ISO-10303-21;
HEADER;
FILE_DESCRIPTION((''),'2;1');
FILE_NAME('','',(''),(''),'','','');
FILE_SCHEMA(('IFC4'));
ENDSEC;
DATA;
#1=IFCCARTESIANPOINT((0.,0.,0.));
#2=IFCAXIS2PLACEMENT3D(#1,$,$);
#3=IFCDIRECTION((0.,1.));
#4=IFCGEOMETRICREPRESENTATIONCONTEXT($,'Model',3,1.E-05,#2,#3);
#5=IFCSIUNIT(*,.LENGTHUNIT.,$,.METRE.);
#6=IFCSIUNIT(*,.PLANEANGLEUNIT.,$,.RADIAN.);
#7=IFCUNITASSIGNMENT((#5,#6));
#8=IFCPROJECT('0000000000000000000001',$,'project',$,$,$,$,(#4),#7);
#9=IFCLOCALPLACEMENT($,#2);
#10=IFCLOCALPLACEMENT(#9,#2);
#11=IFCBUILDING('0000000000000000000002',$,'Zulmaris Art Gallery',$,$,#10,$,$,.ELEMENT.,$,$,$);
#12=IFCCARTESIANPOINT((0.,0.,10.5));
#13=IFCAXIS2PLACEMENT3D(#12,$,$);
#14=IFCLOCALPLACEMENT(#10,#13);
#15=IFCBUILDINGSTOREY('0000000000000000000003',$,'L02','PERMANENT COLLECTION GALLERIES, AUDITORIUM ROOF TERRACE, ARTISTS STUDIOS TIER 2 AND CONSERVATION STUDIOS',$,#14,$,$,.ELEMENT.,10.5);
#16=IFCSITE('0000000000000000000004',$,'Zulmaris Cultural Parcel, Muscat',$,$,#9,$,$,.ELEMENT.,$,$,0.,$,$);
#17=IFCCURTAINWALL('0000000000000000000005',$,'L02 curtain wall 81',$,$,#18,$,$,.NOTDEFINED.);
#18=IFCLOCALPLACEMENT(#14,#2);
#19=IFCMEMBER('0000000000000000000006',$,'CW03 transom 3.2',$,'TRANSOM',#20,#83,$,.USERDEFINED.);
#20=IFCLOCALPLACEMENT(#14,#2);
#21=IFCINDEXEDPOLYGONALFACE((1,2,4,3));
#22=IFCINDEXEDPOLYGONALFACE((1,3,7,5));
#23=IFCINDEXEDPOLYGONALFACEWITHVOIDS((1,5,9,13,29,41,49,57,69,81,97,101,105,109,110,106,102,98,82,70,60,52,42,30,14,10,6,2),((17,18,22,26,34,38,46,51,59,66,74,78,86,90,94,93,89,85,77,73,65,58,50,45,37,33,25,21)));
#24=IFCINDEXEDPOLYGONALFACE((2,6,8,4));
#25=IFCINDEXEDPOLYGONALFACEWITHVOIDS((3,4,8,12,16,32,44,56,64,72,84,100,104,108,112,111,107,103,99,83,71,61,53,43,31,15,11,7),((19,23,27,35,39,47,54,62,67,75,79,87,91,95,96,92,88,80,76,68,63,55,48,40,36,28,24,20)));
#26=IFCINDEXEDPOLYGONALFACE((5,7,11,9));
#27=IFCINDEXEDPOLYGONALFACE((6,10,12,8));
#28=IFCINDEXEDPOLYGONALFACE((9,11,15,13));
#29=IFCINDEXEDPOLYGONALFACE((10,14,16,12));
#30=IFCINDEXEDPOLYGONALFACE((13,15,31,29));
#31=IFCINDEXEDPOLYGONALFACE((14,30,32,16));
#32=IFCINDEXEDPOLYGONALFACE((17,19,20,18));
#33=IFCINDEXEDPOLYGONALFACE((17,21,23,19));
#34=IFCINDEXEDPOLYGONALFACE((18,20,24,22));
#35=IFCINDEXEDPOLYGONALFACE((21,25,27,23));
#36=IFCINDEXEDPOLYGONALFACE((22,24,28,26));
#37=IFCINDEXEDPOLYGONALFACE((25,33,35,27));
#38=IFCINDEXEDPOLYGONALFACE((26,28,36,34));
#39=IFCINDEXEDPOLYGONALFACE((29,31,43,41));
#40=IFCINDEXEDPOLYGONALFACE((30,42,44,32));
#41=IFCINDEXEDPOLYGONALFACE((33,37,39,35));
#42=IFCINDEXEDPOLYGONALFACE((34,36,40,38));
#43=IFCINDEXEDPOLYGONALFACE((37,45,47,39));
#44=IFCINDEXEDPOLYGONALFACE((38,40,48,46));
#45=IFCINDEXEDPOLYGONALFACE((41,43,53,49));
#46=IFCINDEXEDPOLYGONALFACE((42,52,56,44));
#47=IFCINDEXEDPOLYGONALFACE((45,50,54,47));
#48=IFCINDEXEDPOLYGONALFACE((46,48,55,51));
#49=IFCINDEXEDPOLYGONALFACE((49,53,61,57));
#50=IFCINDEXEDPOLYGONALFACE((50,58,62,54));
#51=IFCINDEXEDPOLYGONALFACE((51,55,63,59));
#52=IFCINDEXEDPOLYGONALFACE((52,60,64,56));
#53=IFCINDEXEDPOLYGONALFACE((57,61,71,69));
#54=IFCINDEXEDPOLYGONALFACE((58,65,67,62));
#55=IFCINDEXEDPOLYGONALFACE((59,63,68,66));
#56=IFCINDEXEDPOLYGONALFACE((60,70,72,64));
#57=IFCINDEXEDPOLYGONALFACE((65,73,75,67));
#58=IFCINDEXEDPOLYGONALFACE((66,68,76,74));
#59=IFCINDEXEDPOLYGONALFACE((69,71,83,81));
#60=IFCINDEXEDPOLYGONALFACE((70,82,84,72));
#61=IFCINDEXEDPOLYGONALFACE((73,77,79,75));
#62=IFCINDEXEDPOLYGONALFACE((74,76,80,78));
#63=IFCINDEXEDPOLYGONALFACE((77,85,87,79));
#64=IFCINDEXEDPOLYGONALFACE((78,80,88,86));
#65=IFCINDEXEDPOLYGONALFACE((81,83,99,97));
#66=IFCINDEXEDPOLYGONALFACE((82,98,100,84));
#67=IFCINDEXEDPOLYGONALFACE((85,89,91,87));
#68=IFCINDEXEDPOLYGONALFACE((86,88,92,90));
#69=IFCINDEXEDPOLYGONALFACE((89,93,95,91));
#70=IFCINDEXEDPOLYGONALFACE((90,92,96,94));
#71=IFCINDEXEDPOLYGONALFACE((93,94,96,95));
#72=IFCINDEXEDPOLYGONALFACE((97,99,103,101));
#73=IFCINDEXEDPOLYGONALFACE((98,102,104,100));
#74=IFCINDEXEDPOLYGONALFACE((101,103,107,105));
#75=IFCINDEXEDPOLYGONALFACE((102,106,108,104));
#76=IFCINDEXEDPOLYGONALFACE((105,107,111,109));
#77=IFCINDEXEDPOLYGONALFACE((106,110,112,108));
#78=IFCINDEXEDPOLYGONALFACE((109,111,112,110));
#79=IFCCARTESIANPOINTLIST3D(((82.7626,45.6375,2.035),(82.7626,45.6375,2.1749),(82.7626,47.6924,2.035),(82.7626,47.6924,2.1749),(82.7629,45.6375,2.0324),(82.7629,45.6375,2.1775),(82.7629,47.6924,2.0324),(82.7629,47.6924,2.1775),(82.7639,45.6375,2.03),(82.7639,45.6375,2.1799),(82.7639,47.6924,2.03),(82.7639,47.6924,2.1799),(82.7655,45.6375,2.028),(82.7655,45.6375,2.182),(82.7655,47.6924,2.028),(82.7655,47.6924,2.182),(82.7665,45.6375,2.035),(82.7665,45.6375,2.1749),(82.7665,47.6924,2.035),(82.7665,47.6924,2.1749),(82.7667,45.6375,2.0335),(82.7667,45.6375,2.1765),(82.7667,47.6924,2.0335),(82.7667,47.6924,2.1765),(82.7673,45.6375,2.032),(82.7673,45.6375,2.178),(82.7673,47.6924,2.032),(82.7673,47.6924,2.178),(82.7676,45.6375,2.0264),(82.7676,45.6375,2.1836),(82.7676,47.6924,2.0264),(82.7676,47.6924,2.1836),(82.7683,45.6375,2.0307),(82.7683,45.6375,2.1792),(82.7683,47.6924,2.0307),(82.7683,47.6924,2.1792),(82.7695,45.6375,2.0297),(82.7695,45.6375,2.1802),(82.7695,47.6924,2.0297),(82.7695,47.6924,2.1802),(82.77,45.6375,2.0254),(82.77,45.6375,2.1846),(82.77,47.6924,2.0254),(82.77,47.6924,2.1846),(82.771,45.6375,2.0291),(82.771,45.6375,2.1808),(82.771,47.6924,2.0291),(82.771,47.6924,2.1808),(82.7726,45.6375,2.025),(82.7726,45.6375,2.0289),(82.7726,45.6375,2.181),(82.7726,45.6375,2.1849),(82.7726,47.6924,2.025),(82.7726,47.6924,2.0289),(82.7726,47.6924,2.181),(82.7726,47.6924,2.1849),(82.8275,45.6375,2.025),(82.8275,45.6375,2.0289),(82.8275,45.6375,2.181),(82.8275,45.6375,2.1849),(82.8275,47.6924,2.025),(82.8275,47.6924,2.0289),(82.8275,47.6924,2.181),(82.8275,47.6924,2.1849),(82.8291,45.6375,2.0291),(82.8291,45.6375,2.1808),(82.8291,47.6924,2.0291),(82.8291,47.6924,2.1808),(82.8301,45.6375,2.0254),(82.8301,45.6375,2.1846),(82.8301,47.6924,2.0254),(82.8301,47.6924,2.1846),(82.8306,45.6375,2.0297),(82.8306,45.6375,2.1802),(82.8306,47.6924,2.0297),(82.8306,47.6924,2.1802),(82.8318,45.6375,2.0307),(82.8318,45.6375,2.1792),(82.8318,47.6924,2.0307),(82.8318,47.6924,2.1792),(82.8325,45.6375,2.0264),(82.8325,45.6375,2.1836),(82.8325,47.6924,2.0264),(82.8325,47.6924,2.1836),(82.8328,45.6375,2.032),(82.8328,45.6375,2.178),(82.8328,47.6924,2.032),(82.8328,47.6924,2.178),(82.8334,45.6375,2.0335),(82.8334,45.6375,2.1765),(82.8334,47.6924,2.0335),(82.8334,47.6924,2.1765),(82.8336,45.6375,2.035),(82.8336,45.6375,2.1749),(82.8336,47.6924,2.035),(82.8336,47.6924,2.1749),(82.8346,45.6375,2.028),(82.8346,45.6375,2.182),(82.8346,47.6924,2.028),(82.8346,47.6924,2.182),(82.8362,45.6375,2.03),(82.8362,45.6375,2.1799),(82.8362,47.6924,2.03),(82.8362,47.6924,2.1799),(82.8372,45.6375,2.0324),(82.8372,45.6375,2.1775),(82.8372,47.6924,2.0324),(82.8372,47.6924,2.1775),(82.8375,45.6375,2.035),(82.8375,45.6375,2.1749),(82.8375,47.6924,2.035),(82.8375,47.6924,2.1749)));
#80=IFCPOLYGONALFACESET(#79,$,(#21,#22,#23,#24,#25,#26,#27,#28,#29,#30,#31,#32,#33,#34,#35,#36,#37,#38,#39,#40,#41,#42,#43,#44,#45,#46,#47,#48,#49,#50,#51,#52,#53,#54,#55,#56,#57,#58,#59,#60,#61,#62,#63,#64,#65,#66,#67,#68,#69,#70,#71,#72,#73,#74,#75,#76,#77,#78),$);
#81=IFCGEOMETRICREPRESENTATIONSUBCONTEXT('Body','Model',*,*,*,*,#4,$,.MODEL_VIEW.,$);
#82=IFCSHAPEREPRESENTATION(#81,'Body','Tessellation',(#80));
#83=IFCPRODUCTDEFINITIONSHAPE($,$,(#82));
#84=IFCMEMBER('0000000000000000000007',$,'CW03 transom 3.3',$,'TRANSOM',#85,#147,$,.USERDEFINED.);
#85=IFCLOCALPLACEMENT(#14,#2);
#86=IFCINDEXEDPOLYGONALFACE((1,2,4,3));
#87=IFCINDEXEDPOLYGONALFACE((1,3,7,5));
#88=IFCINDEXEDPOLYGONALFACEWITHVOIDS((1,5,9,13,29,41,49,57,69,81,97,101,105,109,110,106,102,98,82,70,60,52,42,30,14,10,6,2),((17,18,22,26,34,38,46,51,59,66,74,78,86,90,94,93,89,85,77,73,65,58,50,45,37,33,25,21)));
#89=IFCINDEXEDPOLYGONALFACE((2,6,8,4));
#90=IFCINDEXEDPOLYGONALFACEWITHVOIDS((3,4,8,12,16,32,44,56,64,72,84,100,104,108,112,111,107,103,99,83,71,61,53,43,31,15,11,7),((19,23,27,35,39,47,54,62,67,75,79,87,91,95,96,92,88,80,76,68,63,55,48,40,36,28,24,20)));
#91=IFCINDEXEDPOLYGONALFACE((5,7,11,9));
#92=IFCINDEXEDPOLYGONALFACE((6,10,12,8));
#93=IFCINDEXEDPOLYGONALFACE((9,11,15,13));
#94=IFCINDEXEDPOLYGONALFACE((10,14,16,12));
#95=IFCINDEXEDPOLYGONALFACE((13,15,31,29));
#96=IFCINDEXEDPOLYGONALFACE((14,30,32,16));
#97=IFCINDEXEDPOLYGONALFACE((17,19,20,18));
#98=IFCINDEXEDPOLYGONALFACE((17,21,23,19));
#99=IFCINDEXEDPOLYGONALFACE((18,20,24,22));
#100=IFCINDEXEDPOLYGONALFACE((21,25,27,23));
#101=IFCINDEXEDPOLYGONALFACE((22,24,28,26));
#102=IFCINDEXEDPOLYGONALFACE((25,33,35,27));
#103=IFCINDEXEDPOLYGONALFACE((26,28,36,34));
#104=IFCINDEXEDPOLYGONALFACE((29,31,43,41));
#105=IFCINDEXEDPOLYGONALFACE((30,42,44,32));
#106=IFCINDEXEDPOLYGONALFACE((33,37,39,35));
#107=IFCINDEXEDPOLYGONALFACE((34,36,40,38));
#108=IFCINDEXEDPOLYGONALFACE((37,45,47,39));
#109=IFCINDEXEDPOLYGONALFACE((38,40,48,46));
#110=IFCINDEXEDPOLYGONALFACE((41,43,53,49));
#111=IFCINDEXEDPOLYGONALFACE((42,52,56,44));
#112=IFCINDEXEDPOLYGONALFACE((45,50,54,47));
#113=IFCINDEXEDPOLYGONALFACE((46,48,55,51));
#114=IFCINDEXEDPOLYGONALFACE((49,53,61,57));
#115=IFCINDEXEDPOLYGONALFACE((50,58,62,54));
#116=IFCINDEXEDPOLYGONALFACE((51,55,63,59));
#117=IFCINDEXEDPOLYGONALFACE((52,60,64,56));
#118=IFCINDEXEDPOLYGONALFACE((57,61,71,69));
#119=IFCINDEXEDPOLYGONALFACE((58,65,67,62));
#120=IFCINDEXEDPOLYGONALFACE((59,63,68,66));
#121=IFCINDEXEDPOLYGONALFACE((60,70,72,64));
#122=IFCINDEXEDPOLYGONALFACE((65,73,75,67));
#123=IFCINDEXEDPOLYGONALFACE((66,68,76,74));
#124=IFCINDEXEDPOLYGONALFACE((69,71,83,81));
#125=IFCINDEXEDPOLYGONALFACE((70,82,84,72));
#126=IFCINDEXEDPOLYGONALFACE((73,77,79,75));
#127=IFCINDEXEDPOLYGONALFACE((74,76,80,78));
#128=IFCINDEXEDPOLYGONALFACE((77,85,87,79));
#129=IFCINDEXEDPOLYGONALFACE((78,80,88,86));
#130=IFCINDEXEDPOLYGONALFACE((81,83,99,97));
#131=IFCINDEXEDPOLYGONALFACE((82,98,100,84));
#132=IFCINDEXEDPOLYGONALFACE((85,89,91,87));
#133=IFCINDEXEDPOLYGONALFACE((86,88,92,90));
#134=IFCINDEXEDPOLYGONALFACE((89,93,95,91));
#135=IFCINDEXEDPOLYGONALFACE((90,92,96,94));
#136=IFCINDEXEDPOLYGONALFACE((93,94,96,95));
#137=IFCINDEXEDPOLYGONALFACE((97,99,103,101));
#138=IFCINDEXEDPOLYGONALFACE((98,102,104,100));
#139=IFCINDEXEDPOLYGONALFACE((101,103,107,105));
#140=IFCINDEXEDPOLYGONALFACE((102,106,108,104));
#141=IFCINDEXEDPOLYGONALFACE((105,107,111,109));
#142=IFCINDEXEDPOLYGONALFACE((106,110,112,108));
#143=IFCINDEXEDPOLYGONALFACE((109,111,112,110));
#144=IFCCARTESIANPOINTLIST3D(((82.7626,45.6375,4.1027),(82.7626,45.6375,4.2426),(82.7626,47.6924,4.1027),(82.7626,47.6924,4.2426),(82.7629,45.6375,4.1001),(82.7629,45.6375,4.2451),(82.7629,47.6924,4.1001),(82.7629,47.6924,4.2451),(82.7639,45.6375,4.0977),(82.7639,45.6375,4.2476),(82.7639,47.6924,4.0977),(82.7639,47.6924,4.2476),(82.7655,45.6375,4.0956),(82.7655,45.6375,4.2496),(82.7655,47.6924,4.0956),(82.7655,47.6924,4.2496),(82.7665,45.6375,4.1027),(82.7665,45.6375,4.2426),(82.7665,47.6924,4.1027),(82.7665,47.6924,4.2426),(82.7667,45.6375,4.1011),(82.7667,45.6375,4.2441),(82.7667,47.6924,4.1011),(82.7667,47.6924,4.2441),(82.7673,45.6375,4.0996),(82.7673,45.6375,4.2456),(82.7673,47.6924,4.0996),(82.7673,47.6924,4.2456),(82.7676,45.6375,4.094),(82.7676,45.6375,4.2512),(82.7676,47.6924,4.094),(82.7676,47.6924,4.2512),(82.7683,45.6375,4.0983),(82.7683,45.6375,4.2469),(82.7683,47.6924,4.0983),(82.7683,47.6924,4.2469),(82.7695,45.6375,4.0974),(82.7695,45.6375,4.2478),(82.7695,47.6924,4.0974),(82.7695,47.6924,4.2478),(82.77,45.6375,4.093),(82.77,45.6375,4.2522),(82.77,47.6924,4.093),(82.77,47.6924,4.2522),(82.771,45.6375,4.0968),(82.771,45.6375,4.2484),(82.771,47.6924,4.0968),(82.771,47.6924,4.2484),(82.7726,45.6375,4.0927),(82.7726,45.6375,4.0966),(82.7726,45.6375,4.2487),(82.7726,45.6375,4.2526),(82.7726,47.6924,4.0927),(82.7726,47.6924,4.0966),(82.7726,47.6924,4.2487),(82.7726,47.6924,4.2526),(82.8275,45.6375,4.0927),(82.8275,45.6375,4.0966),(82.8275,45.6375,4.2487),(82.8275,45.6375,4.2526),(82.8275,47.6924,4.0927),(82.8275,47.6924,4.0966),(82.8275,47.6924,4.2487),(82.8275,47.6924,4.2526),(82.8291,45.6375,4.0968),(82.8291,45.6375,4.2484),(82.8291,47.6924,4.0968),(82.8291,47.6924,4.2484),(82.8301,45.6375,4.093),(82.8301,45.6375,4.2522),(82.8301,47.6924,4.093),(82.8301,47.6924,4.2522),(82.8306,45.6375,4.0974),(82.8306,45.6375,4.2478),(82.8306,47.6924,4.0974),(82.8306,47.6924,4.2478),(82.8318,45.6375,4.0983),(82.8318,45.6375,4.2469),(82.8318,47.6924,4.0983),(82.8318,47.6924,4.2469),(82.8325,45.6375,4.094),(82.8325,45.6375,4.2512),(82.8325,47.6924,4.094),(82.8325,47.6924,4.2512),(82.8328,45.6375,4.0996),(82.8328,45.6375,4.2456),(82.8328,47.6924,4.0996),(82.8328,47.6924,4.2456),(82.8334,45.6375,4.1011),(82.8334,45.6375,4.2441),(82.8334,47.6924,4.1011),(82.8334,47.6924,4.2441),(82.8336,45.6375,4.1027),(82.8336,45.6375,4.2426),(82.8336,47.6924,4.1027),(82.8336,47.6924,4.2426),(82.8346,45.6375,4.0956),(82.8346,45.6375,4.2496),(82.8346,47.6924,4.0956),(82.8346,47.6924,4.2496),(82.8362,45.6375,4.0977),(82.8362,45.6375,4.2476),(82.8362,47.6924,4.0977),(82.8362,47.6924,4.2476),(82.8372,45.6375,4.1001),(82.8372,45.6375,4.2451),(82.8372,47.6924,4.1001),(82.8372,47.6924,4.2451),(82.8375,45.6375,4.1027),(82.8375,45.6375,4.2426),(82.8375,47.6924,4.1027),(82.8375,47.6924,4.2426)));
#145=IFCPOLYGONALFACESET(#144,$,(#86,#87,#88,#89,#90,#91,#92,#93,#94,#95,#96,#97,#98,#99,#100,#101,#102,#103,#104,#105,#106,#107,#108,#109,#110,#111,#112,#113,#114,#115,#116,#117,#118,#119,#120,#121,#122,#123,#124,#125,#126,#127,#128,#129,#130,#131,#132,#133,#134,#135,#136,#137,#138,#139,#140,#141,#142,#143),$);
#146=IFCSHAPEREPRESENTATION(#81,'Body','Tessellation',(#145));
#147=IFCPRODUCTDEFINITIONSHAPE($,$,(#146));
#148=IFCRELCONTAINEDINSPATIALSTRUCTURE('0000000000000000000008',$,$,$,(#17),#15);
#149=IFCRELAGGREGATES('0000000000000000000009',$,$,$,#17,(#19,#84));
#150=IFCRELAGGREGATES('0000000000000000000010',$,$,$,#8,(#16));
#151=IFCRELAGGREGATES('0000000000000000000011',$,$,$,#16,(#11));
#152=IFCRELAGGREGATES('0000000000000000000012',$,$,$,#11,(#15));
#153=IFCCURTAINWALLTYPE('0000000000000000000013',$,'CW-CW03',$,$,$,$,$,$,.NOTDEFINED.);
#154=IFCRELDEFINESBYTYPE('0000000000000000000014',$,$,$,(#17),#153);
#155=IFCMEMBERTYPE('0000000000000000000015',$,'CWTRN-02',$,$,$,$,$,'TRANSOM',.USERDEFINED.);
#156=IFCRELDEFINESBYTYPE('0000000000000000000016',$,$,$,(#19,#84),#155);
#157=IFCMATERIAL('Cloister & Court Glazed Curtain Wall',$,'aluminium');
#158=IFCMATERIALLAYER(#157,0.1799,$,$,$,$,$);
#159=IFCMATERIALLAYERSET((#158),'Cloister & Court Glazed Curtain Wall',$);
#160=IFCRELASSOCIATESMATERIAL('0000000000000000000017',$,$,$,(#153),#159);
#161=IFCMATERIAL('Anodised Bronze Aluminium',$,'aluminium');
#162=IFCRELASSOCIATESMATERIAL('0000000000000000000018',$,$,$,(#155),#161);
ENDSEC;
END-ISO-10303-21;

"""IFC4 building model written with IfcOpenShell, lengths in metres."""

from ifc_helpers import new_model, si_unit, direction, frame, origin, origin_2d, place, context, subcontext, project, spatial, hollow_rectangle, extrude, material, layer, layer_set, material_profile, profile_set, type_object, element, aggregate, save


model = new_model("IFC4")

# Units and contexts
model_context = context("Model", 3, precision=1e-05, world=origin(), true_north=direction((0.0, 1.0)))
body_context = subcontext(model_context, "Body", "Model", "MODEL_VIEW")
ifc_project = project(units=[si_unit("LENGTHUNIT", "METRE"), si_unit("PLANEANGLEUNIT", "RADIAN")], contexts=[model_context])

# Site, building, storey
site_placement = place(None, origin())
site = spatial("IfcSite", under=ifc_project, at=site_placement, Name="Zulmaris Cultural Parcel, Muscat", CompositionType="ELEMENT", RefElevation=0.0)
building_placement = place(site_placement, origin())
building = spatial("IfcBuilding", under=site, at=building_placement, Name="Zulmaris Art Gallery", CompositionType="ELEMENT")
storey_placement = place(building_placement, frame((0.0, 0.0, 10.5)))
storey = spatial("IfcBuildingStorey", under=building, at=storey_placement, Name="L02", Description="PERMANENT COLLECTION GALLERIES, AUDITORIUM ROOF TERRACE, ARTISTS STUDIOS TIER 2 AND CONSERVATION STUDIOS", CompositionType="ELEMENT", Elevation=10.5)

# Curtain wall
ifc_material_1 = material(Name="Cloister & Court Glazed Curtain Wall", Category="aluminium")
ifc_layer_1 = layer(ifc_material_1, 0.1799)
ifc_layer_set_1 = layer_set([ifc_layer_1], Name="Cloister & Court Glazed Curtain Wall")
curtain_wall_type = type_object("IfcCurtainWallType", Name="CW-CW03", PredefinedType="NOTDEFINED", material=ifc_layer_set_1)
curtain_wall_1_placement = place(storey_placement, origin())
curtain_wall_1 = element("IfcCurtainWall", 1, at=curtain_wall_1_placement, inside=storey, type_object=curtain_wall_type, Name="L02 curtain wall 81", PredefinedType="NOTDEFINED")
ifc_material_2 = material(Name="Anodised Bronze Aluminium", Category="aluminium")

# Members
ifc_material_profile_1 = material_profile(ifc_material_2, hollow_rectangle(XDim=0.075, YDim=0.1599, WallThickness=0.0039, InnerFilletRadius=0.0061, OuterFilletRadius=0.01, at=origin_2d()), Name="ALU 75x160x4")
ifc_profile_set_1 = profile_set([ifc_material_profile_1], Name="Anodised Bronze Aluminium")
member_type_1 = type_object("IfcMemberType", Name="CWTRN-02", ElementType="TRANSOM", PredefinedType="USERDEFINED", material=ifc_profile_set_1)
member_1_placement = place(storey_placement, frame((82.8, 45.6375, 2.105), z_axis=(0.0, 1.0, 0.0), x_axis=(-1.0, 0.0, 0.0)))
member_1 = element("IfcMember", 2, at=member_1_placement, type_object=member_type_1, Name="CW03 transom 3.2", ObjectType="TRANSOM", PredefinedType="USERDEFINED", context=body_context, shape_type="SweptSolid", body=[
    extrude(hollow_rectangle(XDim=0.075, YDim=0.1599, WallThickness=0.0039, InnerFilletRadius=0.0061, OuterFilletRadius=0.01, at=origin_2d()), origin(), (0.0, 0.0, 1.0), 2.0549),
])
member_2_placement = place(storey_placement, frame((82.8, 45.6375, 4.1726), z_axis=(0.0, 1.0, 0.0), x_axis=(-1.0, 0.0, 0.0)))
member_2 = element("IfcMember", 3, at=member_2_placement, type_object=member_type_1, Name="CW03 transom 3.3", ObjectType="TRANSOM", PredefinedType="USERDEFINED", context=body_context, shape_type="SweptSolid", body=[
    extrude(hollow_rectangle(XDim=0.075, YDim=0.1599, WallThickness=0.0039, InnerFilletRadius=0.0061, OuterFilletRadius=0.01, at=origin_2d()), origin(), (0.0, 0.0, 1.0), 2.0549),
])

aggregate(curtain_wall_1, [member_1, member_2])

save(model, "model.ifc")
